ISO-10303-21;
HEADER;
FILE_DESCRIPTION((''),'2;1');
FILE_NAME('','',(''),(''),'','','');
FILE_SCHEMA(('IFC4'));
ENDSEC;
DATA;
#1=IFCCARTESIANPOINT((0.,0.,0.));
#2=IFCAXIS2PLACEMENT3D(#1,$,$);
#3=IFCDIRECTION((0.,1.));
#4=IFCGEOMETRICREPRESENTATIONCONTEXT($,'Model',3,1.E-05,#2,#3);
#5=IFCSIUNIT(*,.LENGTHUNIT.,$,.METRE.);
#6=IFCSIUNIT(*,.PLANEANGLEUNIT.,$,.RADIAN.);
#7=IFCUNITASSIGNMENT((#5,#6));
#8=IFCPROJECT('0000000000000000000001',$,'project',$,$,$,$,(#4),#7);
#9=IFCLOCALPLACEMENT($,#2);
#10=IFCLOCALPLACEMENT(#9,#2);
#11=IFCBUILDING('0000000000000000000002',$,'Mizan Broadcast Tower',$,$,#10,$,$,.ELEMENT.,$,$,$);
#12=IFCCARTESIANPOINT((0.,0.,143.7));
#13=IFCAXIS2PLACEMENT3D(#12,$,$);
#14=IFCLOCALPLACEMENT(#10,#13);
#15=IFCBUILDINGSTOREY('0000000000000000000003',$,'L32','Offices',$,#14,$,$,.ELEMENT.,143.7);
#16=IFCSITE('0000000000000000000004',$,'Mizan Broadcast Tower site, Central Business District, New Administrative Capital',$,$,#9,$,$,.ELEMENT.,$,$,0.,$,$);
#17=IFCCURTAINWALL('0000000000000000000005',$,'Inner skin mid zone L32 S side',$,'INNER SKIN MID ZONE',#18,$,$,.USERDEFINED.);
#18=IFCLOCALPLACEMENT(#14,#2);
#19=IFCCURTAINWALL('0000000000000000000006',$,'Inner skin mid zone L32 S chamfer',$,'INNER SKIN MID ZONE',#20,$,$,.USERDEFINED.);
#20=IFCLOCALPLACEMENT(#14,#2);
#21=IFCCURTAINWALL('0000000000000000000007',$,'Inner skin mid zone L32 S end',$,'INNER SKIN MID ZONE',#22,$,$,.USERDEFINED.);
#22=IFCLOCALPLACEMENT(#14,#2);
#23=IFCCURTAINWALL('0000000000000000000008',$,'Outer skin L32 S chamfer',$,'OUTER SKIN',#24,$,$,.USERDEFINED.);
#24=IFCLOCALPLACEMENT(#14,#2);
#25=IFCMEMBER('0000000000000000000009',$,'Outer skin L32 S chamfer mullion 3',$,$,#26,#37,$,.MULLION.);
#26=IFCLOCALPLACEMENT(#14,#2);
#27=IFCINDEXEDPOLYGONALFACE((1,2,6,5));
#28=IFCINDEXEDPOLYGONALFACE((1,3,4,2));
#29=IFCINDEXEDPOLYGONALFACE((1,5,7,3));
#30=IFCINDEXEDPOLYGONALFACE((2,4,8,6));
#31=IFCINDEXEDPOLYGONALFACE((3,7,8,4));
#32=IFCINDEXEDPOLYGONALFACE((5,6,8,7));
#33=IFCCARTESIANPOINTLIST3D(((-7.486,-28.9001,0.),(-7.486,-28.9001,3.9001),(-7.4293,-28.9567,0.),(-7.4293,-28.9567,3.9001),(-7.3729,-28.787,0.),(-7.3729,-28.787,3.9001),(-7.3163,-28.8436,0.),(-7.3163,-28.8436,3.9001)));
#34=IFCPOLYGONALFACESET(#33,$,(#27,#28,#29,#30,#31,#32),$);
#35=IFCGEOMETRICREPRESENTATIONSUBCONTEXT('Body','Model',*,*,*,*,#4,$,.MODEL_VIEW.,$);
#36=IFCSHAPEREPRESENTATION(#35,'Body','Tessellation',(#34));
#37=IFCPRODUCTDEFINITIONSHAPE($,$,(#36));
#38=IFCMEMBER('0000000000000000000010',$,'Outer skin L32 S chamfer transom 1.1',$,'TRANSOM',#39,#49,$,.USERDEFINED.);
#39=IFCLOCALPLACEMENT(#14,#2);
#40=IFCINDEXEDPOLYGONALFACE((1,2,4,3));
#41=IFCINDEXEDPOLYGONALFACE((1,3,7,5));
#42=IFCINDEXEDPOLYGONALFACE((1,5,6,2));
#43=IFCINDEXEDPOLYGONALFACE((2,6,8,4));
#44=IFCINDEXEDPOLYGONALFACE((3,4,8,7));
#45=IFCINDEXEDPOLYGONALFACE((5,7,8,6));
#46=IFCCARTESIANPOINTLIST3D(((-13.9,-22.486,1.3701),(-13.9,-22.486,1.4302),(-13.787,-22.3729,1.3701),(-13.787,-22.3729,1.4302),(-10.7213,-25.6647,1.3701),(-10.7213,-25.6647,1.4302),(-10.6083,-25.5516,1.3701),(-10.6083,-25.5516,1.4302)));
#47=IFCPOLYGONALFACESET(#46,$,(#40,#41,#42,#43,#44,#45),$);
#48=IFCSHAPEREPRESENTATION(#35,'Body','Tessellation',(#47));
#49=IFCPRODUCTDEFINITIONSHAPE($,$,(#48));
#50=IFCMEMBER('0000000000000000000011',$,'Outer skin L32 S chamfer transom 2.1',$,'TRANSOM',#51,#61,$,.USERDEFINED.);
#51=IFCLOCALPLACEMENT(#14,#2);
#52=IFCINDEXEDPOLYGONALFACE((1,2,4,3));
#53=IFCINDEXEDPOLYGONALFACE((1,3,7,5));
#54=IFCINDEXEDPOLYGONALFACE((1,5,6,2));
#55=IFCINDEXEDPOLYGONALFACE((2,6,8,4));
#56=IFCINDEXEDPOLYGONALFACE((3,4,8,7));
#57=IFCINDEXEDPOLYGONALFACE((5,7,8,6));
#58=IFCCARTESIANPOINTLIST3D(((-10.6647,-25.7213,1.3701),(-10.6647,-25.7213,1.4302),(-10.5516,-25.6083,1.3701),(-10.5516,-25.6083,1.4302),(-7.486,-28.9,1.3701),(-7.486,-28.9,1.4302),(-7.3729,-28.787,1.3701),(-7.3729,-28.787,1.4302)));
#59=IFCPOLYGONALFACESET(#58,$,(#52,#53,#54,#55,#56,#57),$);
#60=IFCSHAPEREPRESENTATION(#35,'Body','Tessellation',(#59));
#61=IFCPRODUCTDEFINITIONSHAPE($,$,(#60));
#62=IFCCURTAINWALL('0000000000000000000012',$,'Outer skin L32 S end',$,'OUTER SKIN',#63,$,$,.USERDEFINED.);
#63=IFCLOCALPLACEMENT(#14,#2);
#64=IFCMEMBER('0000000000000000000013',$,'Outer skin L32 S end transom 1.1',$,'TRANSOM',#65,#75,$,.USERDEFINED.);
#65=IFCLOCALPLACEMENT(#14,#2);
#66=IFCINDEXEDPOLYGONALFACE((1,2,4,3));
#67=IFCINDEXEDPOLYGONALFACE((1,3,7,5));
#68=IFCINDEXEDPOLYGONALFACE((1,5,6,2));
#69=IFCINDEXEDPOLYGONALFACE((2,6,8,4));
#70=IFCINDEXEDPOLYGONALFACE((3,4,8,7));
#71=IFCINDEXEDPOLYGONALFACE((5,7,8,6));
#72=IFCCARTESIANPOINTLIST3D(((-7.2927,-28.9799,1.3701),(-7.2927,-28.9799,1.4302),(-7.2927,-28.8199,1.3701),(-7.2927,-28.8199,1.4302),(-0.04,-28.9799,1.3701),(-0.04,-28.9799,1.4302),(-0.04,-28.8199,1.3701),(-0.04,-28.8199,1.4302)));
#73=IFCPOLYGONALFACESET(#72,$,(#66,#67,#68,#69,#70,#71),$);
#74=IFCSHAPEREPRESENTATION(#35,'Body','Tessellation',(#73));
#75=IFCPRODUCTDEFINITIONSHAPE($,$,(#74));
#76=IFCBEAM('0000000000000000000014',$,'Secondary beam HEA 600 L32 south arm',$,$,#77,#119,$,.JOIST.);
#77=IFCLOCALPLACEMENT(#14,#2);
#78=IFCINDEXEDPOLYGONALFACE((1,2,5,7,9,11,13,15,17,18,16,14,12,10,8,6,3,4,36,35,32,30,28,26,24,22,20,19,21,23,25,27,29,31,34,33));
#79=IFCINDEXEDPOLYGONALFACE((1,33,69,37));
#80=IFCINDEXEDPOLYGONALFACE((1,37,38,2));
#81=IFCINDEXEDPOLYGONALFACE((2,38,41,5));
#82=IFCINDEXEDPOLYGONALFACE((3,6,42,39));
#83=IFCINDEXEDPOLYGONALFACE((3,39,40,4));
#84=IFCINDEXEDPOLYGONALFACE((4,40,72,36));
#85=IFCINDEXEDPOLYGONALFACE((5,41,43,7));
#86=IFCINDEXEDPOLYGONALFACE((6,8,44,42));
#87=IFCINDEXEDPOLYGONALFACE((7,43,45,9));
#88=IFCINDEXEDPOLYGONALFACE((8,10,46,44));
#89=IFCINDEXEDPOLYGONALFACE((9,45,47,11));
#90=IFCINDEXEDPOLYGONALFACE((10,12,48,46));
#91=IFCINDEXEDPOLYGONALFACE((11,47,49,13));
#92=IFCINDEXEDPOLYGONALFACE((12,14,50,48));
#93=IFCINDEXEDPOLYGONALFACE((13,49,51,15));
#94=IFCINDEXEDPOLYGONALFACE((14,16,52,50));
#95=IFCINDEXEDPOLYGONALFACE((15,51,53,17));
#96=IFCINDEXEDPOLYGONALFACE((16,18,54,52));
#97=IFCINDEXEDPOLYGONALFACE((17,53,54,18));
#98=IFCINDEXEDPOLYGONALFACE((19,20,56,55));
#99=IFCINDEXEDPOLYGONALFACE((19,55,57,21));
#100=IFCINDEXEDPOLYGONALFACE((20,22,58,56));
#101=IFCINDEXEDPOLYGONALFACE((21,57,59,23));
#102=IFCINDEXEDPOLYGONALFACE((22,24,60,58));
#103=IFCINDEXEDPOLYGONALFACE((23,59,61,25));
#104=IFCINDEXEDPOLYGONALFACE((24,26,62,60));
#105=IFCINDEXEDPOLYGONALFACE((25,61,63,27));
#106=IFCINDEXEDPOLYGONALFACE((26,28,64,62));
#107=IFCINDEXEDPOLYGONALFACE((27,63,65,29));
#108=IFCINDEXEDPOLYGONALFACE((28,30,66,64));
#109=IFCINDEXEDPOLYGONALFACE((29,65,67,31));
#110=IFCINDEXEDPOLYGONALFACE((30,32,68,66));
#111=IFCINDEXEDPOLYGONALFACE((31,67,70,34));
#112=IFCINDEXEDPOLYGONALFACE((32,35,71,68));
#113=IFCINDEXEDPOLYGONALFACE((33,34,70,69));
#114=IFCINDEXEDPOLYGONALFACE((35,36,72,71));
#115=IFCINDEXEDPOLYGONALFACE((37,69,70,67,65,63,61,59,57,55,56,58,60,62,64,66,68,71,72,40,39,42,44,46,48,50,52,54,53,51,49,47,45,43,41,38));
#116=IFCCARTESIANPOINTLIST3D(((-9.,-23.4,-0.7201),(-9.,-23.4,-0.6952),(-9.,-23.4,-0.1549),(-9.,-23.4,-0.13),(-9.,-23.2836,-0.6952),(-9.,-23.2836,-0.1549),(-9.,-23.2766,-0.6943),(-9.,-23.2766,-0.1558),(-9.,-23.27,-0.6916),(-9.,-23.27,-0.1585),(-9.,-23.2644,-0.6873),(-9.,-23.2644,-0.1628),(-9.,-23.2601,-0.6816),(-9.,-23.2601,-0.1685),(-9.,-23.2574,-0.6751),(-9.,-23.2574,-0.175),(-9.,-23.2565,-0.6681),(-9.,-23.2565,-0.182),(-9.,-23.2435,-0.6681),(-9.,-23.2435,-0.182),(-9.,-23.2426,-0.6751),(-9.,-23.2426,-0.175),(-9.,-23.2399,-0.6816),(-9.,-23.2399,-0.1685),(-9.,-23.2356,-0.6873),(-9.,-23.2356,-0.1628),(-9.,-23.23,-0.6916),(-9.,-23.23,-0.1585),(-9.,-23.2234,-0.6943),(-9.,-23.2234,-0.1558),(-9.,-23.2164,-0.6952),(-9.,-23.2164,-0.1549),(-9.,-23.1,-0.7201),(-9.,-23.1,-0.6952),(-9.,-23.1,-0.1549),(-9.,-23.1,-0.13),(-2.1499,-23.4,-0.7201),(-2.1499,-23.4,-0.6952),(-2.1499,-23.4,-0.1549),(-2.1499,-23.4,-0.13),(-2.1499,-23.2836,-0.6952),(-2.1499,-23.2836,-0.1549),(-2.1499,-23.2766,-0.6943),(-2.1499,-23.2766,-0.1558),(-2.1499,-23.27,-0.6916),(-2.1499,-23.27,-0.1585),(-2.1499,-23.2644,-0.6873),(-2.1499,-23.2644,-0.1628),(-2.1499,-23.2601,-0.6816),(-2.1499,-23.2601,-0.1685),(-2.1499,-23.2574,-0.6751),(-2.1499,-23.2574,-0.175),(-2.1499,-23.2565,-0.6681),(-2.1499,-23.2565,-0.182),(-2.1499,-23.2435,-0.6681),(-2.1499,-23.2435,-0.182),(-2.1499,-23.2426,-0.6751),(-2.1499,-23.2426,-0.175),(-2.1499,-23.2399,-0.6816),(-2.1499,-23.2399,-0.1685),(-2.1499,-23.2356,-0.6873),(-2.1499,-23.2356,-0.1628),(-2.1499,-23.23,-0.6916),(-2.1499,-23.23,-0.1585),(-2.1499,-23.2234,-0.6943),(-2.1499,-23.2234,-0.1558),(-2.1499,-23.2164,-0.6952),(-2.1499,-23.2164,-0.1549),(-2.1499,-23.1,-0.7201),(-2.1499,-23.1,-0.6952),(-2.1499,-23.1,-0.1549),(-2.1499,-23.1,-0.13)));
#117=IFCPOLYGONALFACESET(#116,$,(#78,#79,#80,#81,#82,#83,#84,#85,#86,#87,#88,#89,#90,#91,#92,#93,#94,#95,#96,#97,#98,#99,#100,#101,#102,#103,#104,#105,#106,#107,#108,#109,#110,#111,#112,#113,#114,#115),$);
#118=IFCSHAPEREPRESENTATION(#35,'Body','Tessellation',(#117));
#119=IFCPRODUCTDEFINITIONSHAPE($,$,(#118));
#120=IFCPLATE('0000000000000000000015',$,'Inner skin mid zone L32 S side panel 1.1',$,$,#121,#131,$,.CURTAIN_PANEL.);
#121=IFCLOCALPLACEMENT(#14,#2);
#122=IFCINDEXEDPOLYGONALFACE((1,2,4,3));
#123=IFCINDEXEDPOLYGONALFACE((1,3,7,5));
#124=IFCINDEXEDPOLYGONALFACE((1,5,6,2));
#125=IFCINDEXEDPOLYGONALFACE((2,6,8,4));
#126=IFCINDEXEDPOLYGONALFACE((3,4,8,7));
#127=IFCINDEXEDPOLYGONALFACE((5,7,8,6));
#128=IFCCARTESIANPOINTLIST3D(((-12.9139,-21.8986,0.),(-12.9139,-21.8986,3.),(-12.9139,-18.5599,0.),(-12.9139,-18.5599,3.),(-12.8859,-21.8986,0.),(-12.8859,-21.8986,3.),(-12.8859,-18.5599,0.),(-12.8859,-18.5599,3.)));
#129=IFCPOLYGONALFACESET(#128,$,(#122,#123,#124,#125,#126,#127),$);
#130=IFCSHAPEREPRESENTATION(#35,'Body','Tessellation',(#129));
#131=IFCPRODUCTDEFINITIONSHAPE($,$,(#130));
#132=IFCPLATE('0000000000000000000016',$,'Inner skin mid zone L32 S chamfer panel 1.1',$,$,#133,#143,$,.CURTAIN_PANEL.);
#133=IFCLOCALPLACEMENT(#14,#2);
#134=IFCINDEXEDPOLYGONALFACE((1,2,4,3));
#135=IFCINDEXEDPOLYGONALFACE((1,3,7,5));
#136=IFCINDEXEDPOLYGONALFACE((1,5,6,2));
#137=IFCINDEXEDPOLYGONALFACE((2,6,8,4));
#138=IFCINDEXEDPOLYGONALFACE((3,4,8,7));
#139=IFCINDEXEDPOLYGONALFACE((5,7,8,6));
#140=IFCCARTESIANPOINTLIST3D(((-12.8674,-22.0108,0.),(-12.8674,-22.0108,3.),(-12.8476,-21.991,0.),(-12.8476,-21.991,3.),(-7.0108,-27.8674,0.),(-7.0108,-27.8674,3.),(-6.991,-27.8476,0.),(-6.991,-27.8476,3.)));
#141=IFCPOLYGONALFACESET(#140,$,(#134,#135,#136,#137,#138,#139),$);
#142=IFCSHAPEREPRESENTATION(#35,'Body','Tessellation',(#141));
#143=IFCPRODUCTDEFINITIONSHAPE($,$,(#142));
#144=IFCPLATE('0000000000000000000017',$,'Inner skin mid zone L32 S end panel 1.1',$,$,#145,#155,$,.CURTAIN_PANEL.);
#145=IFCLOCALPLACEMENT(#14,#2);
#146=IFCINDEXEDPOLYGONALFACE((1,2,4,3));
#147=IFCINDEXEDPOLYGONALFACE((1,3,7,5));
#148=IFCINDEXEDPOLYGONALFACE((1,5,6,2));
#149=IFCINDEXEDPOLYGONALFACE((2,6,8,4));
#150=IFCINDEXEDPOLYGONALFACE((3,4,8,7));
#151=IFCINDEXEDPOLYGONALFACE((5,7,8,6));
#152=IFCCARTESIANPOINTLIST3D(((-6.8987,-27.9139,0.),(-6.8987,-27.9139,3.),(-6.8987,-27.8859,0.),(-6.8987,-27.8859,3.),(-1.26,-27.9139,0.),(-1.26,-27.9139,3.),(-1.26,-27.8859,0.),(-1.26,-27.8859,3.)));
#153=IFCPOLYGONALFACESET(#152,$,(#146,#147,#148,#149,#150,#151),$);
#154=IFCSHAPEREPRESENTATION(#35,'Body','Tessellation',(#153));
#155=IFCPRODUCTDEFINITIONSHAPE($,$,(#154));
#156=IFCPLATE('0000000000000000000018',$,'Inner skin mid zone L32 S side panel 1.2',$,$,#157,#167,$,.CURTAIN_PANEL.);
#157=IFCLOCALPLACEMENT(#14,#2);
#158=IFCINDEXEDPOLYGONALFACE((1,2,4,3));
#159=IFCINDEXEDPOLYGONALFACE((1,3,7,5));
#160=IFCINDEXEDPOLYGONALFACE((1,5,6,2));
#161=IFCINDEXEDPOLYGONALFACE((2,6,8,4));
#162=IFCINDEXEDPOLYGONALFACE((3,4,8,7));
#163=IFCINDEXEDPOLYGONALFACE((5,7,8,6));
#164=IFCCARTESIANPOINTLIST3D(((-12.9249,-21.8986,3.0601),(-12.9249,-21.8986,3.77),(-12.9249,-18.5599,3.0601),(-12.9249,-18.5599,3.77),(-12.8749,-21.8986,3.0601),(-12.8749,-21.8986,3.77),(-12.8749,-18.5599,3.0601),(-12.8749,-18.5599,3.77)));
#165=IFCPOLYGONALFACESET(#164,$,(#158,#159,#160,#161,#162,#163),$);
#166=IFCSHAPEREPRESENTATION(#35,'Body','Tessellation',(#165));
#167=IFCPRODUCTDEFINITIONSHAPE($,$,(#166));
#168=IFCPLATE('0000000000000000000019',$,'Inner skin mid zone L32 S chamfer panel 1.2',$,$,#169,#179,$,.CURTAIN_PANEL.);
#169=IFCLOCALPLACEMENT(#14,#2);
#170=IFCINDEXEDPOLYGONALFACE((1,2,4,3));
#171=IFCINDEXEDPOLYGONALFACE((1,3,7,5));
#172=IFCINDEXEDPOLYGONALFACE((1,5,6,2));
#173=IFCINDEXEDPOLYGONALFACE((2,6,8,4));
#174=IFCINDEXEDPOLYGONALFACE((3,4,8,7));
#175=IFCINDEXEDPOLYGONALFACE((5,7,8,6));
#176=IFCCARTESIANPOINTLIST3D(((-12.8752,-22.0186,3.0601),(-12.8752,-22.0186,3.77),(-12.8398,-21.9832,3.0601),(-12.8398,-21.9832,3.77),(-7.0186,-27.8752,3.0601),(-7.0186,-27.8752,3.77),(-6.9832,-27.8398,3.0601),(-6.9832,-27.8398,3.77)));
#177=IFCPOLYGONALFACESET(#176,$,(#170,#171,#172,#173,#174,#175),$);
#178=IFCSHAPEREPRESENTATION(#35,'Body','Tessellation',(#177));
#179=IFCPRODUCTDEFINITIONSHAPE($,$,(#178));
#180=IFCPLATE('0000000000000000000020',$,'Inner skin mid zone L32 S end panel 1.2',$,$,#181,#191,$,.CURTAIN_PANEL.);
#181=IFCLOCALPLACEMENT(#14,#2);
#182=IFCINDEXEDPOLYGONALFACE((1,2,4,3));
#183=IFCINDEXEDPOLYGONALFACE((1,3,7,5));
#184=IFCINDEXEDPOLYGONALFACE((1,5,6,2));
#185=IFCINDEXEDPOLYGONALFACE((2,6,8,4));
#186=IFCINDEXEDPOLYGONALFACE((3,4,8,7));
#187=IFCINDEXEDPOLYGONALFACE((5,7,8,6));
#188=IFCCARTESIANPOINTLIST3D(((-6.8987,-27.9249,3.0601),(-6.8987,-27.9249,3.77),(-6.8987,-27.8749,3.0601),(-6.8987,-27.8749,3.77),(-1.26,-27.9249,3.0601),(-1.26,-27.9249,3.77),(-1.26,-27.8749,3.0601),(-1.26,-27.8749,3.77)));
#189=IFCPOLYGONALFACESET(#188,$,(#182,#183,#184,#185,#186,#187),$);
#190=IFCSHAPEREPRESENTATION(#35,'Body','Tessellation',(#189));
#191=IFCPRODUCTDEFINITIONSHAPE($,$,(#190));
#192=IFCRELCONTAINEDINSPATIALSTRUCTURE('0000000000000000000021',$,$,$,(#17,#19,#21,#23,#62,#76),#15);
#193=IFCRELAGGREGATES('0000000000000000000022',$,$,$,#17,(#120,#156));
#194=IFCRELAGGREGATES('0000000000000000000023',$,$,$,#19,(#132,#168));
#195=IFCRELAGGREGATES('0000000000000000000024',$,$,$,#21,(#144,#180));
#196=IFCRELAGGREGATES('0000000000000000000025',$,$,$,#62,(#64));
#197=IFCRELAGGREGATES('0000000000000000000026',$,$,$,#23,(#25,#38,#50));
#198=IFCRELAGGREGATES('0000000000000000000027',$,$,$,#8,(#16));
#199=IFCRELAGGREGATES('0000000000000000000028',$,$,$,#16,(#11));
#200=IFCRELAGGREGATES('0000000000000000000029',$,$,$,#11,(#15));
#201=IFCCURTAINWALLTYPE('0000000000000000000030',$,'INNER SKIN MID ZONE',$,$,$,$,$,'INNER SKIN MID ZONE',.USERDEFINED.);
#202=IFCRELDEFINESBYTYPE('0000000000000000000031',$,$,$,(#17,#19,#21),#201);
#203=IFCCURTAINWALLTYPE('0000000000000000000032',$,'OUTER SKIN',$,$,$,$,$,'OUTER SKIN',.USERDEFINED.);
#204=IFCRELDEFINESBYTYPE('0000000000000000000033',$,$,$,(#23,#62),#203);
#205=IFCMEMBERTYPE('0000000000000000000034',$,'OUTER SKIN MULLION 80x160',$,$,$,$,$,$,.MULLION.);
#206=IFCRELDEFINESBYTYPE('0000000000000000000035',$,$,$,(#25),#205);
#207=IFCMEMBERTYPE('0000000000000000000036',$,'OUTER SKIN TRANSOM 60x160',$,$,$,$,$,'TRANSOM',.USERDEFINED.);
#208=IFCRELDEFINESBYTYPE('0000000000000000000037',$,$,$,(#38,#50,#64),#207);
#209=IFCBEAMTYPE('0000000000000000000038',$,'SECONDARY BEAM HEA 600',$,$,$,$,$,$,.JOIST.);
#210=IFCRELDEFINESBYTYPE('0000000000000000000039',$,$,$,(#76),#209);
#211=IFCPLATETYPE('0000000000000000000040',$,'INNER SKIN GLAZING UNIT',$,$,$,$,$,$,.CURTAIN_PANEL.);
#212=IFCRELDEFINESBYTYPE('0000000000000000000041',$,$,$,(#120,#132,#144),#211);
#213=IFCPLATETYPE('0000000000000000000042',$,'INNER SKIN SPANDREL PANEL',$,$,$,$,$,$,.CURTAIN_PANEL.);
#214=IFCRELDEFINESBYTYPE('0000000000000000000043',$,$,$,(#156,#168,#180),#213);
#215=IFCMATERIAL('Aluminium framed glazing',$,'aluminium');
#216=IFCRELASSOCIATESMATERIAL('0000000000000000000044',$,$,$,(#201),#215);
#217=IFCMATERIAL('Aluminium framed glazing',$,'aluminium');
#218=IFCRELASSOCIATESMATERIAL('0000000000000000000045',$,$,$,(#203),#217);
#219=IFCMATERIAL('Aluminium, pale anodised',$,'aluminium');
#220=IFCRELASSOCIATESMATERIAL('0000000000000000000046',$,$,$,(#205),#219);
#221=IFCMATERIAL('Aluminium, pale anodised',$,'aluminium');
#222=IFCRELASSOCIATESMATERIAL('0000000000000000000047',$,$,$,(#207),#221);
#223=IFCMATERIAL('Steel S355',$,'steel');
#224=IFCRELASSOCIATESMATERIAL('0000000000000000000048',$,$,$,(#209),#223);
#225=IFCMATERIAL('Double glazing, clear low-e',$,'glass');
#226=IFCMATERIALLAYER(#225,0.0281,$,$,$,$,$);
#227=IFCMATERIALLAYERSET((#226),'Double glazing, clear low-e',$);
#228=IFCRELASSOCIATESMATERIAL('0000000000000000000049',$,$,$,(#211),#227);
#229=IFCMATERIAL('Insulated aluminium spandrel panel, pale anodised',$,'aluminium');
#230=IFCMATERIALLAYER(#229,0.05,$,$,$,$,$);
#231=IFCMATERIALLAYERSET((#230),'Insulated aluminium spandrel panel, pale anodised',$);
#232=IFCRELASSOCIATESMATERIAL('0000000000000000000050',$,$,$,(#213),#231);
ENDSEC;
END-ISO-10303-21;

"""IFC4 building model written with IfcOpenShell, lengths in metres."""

from ifc_helpers import new_model, si_unit, direction, frame, origin, origin_2d, place, context, subcontext, project, spatial, rectangle, i_section, extrude, material, layer, layer_set, material_profile, profile_set, type_object, element, aggregate, save


model = new_model("IFC4")

# Units and contexts
model_context = context("Model", 3, precision=1e-05, world=origin(), true_north=direction((0.0, 1.0)))
body_context = subcontext(model_context, "Body", "Model", "MODEL_VIEW")
ifc_project = project(units=[si_unit("LENGTHUNIT", "METRE"), si_unit("PLANEANGLEUNIT", "RADIAN")], contexts=[model_context])

# Site, building, storey
site_placement = place(None, origin())
site = spatial("IfcSite", under=ifc_project, at=site_placement, Name="Mizan Broadcast Tower site, Central Business District, New Administrative Capital", CompositionType="ELEMENT", RefElevation=0.0)
building_placement = place(site_placement, origin())
building = spatial("IfcBuilding", under=site, at=building_placement, Name="Mizan Broadcast Tower", CompositionType="ELEMENT")
storey_placement = place(building_placement, frame((0.0, 0.0, 143.7)))
storey = spatial("IfcBuildingStorey", under=building, at=storey_placement, Name="L32", Description="Offices", CompositionType="ELEMENT", Elevation=143.7)

# Curtain walls
ifc_material_1 = material(Name="Aluminium framed glazing", Category="aluminium")
curtain_wall_type_1 = type_object("IfcCurtainWallType", Name="INNER SKIN MID ZONE", ElementType="INNER SKIN MID ZONE", PredefinedType="USERDEFINED", material=ifc_material_1)
curtain_wall_1_placement = place(storey_placement, origin())
curtain_wall_1 = element("IfcCurtainWall", 1, at=curtain_wall_1_placement, inside=storey, type_object=curtain_wall_type_1, Name="Inner skin mid zone L32 S side", ObjectType="INNER SKIN MID ZONE", PredefinedType="USERDEFINED")
curtain_wall_2_placement = place(storey_placement, origin())
curtain_wall_2 = element("IfcCurtainWall", 2, at=curtain_wall_2_placement, inside=storey, type_object=curtain_wall_type_1, Name="Inner skin mid zone L32 S chamfer", ObjectType="INNER SKIN MID ZONE", PredefinedType="USERDEFINED")
curtain_wall_3_placement = place(storey_placement, origin())
curtain_wall_3 = element("IfcCurtainWall", 3, at=curtain_wall_3_placement, inside=storey, type_object=curtain_wall_type_1, Name="Inner skin mid zone L32 S end", ObjectType="INNER SKIN MID ZONE", PredefinedType="USERDEFINED")

# Curtain wall, members
ifc_material_2 = material(Name="Aluminium framed glazing", Category="aluminium")
curtain_wall_type_2 = type_object("IfcCurtainWallType", Name="OUTER SKIN", ElementType="OUTER SKIN", PredefinedType="USERDEFINED", material=ifc_material_2)
curtain_wall_4_placement = place(storey_placement, origin())
curtain_wall_4 = element("IfcCurtainWall", 4, at=curtain_wall_4_placement, inside=storey, type_object=curtain_wall_type_2, Name="Outer skin L32 S chamfer", ObjectType="OUTER SKIN", PredefinedType="USERDEFINED")
ifc_material_3 = material(Name="Aluminium, pale anodised", Category="aluminium")
ifc_material_profile_1 = material_profile(ifc_material_3, rectangle(XDim=0.1599, YDim=0.0801, at=origin_2d()), Name="MULLION 160x80")
ifc_profile_set_1 = profile_set([ifc_material_profile_1], Name="Aluminium, pale anodised")
member_type_1 = type_object("IfcMemberType", Name="OUTER SKIN MULLION 80x160", PredefinedType="MULLION", material=ifc_profile_set_1)
member_1_placement = place(storey_placement, frame((-7.4011, -28.8718, 0.0), z_axis=(0.0, 0.0, 1.0), x_axis=(0.707107, 0.707107, 0.0)))
member_1 = element("IfcMember", 5, at=member_1_placement, type_object=member_type_1, Name="Outer skin L32 S chamfer mullion 3", PredefinedType="MULLION", context=body_context, shape_type="SweptSolid", body=[
    extrude(rectangle(XDim=0.1599, YDim=0.0801, at=origin_2d()), origin(), (0.0, 0.0, 1.0), 3.9001),
])
ifc_material_4 = material(Name="Aluminium, pale anodised", Category="aluminium")
ifc_material_profile_2 = material_profile(ifc_material_4, rectangle(XDim=0.1599, YDim=0.0601, at=origin_2d()), Name="TRANSOM 160x60")
ifc_profile_set_2 = profile_set([ifc_material_profile_2], Name="Aluminium, pale anodised")
member_type_2 = type_object("IfcMemberType", Name="OUTER SKIN TRANSOM 60x160", ElementType="TRANSOM", PredefinedType="USERDEFINED", material=ifc_profile_set_2)
member_2_placement = place(storey_placement, frame((-13.8435, -22.4294, 1.4001), z_axis=(0.707107, -0.707107, 0.0), x_axis=(0.707107, 0.707107, 0.0)))
member_2 = element("IfcMember", 6, at=member_2_placement, type_object=member_type_2, Name="Outer skin L32 S chamfer transom 1.1", ObjectType="TRANSOM", PredefinedType="USERDEFINED", context=body_context, shape_type="SweptSolid", body=[
    extrude(rectangle(XDim=0.1599, YDim=0.0601, at=origin_2d()), origin(), (0.0, 0.0, 1.0), 4.4954),
])
member_3_placement = place(storey_placement, frame((-10.6082, -25.6648, 1.4001), z_axis=(0.707107, -0.707107, 0.0), x_axis=(0.707107, 0.707107, 0.0)))
member_3 = element("IfcMember", 7, at=member_3_placement, type_object=member_type_2, Name="Outer skin L32 S chamfer transom 2.1", ObjectType="TRANSOM", PredefinedType="USERDEFINED", context=body_context, shape_type="SweptSolid", body=[
    extrude(rectangle(XDim=0.1599, YDim=0.0601, at=origin_2d()), origin(), (0.0, 0.0, 1.0), 4.4954),
])

# Curtain wall, member
curtain_wall_5_placement = place(storey_placement, origin())
curtain_wall_5 = element("IfcCurtainWall", 8, at=curtain_wall_5_placement, inside=storey, type_object=curtain_wall_type_2, Name="Outer skin L32 S end", ObjectType="OUTER SKIN", PredefinedType="USERDEFINED")
member_4_placement = place(storey_placement, frame((-7.2927, -28.8999, 1.4001), z_axis=(1.0, 0.0, 0.0), x_axis=(0.0, 1.0, 0.0)))
member_4 = element("IfcMember", 9, at=member_4_placement, type_object=member_type_2, Name="Outer skin L32 S end transom 1.1", ObjectType="TRANSOM", PredefinedType="USERDEFINED", context=body_context, shape_type="SweptSolid", body=[
    extrude(rectangle(XDim=0.1599, YDim=0.0601, at=origin_2d()), origin(), (0.0, 0.0, 1.0), 7.2527),
])

# Beam
ifc_material_5 = material(Name="Steel S355", Category="steel")
ifc_material_profile_3 = material_profile(ifc_material_5, i_section(OverallWidth=0.3, OverallDepth=0.5901, WebThickness=0.0129, FlangeThickness=0.0249, FilletRadius=0.0271, at=origin_2d()), Name="HEA 600")
ifc_profile_set_3 = profile_set([ifc_material_profile_3], Name="Steel S355")
beam_type_1 = type_object("IfcBeamType", Name="SECONDARY BEAM HEA 600", PredefinedType="JOIST", material=ifc_profile_set_3)
beam_1_placement = place(storey_placement, frame((-9.0, -23.25, -0.425), z_axis=(1.0, 0.0, 0.0), x_axis=(0.0, 1.0, 0.0)))
element("IfcBeam", 10, at=beam_1_placement, inside=storey, type_object=beam_type_1, Name="Secondary beam HEA 600 L32 south arm", PredefinedType="JOIST", context=body_context, shape_type="SweptSolid", body=[
    extrude(i_section(OverallWidth=0.3, OverallDepth=0.5901, WebThickness=0.0129, FlangeThickness=0.0249, FilletRadius=0.0271, at=origin_2d()), origin(), (0.0, 0.0, 1.0), 6.8501),
])

# Plates
ifc_material_6 = material(Name="Double glazing, clear low-e", Category="glass")
ifc_layer_1 = layer(ifc_material_6, 0.0281)
ifc_layer_set_1 = layer_set([ifc_layer_1], Name="Double glazing, clear low-e")
plate_type_1 = type_object("IfcPlateType", Name="INNER SKIN GLAZING UNIT", PredefinedType="CURTAIN_PANEL", material=ifc_layer_set_1)
plate_1_placement = place(storey_placement, frame((-12.8999, -20.2292, 0.0), z_axis=(0.0, 0.0, 1.0), x_axis=(0.0, -1.0, 0.0)))
plate_1 = element("IfcPlate", 11, at=plate_1_placement, type_object=plate_type_1, Name="Inner skin mid zone L32 S side panel 1.1", PredefinedType="CURTAIN_PANEL", context=body_context, shape_type="SweptSolid", body=[
    extrude(rectangle(XDim=3.3386, YDim=0.0281, at=origin_2d()), origin(), (0.0, 0.0, 1.0), 3.0),
])
plate_2_placement = place(storey_placement, frame((-9.9292, -24.9292, 0.0), z_axis=(0.0, 0.0, 1.0), x_axis=(0.707107, -0.707107, 0.0)))
plate_2 = element("IfcPlate", 12, at=plate_2_placement, type_object=plate_type_1, Name="Inner skin mid zone L32 S chamfer panel 1.1", PredefinedType="CURTAIN_PANEL", context=body_context, shape_type="SweptSolid", body=[
    extrude(rectangle(XDim=8.2825, YDim=0.0281, at=origin_2d()), origin(), (0.0, 0.0, 1.0), 3.0),
])
plate_3_placement = place(storey_placement, frame((-4.0793, -27.8999, 0.0), z_axis=(0.0, 0.0, 1.0), x_axis=(1.0, 0.0, 0.0)))
plate_3 = element("IfcPlate", 13, at=plate_3_placement, type_object=plate_type_1, Name="Inner skin mid zone L32 S end panel 1.1", PredefinedType="CURTAIN_PANEL", context=body_context, shape_type="SweptSolid", body=[
    extrude(rectangle(XDim=5.6387, YDim=0.0281, at=origin_2d()), origin(), (0.0, 0.0, 1.0), 3.0),
])
ifc_material_7 = material(Name="Insulated aluminium spandrel panel, pale anodised", Category="aluminium")
ifc_layer_2 = layer(ifc_material_7, 0.05)
ifc_layer_set_2 = layer_set([ifc_layer_2], Name="Insulated aluminium spandrel panel, pale anodised")
plate_type_2 = type_object("IfcPlateType", Name="INNER SKIN SPANDREL PANEL", PredefinedType="CURTAIN_PANEL", material=ifc_layer_set_2)
plate_4_placement = place(storey_placement, frame((-12.8999, -20.2292, 3.0601), z_axis=(0.0, 0.0, 1.0), x_axis=(0.0, -1.0, 0.0)))
plate_4 = element("IfcPlate", 14, at=plate_4_placement, type_object=plate_type_2, Name="Inner skin mid zone L32 S side panel 1.2", PredefinedType="CURTAIN_PANEL", context=body_context, shape_type="SweptSolid", body=[
    extrude(rectangle(XDim=3.3386, YDim=0.05, at=origin_2d()), origin(), (0.0, 0.0, 1.0), 0.71),
])
aggregate(curtain_wall_1, [plate_1, plate_4])
plate_5_placement = place(storey_placement, frame((-9.9292, -24.9292, 3.0601), z_axis=(0.0, 0.0, 1.0), x_axis=(0.707107, -0.707107, 0.0)))
plate_5 = element("IfcPlate", 15, at=plate_5_placement, type_object=plate_type_2, Name="Inner skin mid zone L32 S chamfer panel 1.2", PredefinedType="CURTAIN_PANEL", context=body_context, shape_type="SweptSolid", body=[
    extrude(rectangle(XDim=8.2825, YDim=0.05, at=origin_2d()), origin(), (0.0, 0.0, 1.0), 0.71),
])
aggregate(curtain_wall_2, [plate_2, plate_5])
plate_6_placement = place(storey_placement, frame((-4.0793, -27.8999, 3.0601), z_axis=(0.0, 0.0, 1.0), x_axis=(1.0, 0.0, 0.0)))
plate_6 = element("IfcPlate", 16, at=plate_6_placement, type_object=plate_type_2, Name="Inner skin mid zone L32 S end panel 1.2", PredefinedType="CURTAIN_PANEL", context=body_context, shape_type="SweptSolid", body=[
    extrude(rectangle(XDim=5.6387, YDim=0.05, at=origin_2d()), origin(), (0.0, 0.0, 1.0), 0.71),
])
aggregate(curtain_wall_3, [plate_3, plate_6])

aggregate(curtain_wall_5, [member_4])
aggregate(curtain_wall_4, [member_1, member_2, member_3])

save(model, "model.ifc")
